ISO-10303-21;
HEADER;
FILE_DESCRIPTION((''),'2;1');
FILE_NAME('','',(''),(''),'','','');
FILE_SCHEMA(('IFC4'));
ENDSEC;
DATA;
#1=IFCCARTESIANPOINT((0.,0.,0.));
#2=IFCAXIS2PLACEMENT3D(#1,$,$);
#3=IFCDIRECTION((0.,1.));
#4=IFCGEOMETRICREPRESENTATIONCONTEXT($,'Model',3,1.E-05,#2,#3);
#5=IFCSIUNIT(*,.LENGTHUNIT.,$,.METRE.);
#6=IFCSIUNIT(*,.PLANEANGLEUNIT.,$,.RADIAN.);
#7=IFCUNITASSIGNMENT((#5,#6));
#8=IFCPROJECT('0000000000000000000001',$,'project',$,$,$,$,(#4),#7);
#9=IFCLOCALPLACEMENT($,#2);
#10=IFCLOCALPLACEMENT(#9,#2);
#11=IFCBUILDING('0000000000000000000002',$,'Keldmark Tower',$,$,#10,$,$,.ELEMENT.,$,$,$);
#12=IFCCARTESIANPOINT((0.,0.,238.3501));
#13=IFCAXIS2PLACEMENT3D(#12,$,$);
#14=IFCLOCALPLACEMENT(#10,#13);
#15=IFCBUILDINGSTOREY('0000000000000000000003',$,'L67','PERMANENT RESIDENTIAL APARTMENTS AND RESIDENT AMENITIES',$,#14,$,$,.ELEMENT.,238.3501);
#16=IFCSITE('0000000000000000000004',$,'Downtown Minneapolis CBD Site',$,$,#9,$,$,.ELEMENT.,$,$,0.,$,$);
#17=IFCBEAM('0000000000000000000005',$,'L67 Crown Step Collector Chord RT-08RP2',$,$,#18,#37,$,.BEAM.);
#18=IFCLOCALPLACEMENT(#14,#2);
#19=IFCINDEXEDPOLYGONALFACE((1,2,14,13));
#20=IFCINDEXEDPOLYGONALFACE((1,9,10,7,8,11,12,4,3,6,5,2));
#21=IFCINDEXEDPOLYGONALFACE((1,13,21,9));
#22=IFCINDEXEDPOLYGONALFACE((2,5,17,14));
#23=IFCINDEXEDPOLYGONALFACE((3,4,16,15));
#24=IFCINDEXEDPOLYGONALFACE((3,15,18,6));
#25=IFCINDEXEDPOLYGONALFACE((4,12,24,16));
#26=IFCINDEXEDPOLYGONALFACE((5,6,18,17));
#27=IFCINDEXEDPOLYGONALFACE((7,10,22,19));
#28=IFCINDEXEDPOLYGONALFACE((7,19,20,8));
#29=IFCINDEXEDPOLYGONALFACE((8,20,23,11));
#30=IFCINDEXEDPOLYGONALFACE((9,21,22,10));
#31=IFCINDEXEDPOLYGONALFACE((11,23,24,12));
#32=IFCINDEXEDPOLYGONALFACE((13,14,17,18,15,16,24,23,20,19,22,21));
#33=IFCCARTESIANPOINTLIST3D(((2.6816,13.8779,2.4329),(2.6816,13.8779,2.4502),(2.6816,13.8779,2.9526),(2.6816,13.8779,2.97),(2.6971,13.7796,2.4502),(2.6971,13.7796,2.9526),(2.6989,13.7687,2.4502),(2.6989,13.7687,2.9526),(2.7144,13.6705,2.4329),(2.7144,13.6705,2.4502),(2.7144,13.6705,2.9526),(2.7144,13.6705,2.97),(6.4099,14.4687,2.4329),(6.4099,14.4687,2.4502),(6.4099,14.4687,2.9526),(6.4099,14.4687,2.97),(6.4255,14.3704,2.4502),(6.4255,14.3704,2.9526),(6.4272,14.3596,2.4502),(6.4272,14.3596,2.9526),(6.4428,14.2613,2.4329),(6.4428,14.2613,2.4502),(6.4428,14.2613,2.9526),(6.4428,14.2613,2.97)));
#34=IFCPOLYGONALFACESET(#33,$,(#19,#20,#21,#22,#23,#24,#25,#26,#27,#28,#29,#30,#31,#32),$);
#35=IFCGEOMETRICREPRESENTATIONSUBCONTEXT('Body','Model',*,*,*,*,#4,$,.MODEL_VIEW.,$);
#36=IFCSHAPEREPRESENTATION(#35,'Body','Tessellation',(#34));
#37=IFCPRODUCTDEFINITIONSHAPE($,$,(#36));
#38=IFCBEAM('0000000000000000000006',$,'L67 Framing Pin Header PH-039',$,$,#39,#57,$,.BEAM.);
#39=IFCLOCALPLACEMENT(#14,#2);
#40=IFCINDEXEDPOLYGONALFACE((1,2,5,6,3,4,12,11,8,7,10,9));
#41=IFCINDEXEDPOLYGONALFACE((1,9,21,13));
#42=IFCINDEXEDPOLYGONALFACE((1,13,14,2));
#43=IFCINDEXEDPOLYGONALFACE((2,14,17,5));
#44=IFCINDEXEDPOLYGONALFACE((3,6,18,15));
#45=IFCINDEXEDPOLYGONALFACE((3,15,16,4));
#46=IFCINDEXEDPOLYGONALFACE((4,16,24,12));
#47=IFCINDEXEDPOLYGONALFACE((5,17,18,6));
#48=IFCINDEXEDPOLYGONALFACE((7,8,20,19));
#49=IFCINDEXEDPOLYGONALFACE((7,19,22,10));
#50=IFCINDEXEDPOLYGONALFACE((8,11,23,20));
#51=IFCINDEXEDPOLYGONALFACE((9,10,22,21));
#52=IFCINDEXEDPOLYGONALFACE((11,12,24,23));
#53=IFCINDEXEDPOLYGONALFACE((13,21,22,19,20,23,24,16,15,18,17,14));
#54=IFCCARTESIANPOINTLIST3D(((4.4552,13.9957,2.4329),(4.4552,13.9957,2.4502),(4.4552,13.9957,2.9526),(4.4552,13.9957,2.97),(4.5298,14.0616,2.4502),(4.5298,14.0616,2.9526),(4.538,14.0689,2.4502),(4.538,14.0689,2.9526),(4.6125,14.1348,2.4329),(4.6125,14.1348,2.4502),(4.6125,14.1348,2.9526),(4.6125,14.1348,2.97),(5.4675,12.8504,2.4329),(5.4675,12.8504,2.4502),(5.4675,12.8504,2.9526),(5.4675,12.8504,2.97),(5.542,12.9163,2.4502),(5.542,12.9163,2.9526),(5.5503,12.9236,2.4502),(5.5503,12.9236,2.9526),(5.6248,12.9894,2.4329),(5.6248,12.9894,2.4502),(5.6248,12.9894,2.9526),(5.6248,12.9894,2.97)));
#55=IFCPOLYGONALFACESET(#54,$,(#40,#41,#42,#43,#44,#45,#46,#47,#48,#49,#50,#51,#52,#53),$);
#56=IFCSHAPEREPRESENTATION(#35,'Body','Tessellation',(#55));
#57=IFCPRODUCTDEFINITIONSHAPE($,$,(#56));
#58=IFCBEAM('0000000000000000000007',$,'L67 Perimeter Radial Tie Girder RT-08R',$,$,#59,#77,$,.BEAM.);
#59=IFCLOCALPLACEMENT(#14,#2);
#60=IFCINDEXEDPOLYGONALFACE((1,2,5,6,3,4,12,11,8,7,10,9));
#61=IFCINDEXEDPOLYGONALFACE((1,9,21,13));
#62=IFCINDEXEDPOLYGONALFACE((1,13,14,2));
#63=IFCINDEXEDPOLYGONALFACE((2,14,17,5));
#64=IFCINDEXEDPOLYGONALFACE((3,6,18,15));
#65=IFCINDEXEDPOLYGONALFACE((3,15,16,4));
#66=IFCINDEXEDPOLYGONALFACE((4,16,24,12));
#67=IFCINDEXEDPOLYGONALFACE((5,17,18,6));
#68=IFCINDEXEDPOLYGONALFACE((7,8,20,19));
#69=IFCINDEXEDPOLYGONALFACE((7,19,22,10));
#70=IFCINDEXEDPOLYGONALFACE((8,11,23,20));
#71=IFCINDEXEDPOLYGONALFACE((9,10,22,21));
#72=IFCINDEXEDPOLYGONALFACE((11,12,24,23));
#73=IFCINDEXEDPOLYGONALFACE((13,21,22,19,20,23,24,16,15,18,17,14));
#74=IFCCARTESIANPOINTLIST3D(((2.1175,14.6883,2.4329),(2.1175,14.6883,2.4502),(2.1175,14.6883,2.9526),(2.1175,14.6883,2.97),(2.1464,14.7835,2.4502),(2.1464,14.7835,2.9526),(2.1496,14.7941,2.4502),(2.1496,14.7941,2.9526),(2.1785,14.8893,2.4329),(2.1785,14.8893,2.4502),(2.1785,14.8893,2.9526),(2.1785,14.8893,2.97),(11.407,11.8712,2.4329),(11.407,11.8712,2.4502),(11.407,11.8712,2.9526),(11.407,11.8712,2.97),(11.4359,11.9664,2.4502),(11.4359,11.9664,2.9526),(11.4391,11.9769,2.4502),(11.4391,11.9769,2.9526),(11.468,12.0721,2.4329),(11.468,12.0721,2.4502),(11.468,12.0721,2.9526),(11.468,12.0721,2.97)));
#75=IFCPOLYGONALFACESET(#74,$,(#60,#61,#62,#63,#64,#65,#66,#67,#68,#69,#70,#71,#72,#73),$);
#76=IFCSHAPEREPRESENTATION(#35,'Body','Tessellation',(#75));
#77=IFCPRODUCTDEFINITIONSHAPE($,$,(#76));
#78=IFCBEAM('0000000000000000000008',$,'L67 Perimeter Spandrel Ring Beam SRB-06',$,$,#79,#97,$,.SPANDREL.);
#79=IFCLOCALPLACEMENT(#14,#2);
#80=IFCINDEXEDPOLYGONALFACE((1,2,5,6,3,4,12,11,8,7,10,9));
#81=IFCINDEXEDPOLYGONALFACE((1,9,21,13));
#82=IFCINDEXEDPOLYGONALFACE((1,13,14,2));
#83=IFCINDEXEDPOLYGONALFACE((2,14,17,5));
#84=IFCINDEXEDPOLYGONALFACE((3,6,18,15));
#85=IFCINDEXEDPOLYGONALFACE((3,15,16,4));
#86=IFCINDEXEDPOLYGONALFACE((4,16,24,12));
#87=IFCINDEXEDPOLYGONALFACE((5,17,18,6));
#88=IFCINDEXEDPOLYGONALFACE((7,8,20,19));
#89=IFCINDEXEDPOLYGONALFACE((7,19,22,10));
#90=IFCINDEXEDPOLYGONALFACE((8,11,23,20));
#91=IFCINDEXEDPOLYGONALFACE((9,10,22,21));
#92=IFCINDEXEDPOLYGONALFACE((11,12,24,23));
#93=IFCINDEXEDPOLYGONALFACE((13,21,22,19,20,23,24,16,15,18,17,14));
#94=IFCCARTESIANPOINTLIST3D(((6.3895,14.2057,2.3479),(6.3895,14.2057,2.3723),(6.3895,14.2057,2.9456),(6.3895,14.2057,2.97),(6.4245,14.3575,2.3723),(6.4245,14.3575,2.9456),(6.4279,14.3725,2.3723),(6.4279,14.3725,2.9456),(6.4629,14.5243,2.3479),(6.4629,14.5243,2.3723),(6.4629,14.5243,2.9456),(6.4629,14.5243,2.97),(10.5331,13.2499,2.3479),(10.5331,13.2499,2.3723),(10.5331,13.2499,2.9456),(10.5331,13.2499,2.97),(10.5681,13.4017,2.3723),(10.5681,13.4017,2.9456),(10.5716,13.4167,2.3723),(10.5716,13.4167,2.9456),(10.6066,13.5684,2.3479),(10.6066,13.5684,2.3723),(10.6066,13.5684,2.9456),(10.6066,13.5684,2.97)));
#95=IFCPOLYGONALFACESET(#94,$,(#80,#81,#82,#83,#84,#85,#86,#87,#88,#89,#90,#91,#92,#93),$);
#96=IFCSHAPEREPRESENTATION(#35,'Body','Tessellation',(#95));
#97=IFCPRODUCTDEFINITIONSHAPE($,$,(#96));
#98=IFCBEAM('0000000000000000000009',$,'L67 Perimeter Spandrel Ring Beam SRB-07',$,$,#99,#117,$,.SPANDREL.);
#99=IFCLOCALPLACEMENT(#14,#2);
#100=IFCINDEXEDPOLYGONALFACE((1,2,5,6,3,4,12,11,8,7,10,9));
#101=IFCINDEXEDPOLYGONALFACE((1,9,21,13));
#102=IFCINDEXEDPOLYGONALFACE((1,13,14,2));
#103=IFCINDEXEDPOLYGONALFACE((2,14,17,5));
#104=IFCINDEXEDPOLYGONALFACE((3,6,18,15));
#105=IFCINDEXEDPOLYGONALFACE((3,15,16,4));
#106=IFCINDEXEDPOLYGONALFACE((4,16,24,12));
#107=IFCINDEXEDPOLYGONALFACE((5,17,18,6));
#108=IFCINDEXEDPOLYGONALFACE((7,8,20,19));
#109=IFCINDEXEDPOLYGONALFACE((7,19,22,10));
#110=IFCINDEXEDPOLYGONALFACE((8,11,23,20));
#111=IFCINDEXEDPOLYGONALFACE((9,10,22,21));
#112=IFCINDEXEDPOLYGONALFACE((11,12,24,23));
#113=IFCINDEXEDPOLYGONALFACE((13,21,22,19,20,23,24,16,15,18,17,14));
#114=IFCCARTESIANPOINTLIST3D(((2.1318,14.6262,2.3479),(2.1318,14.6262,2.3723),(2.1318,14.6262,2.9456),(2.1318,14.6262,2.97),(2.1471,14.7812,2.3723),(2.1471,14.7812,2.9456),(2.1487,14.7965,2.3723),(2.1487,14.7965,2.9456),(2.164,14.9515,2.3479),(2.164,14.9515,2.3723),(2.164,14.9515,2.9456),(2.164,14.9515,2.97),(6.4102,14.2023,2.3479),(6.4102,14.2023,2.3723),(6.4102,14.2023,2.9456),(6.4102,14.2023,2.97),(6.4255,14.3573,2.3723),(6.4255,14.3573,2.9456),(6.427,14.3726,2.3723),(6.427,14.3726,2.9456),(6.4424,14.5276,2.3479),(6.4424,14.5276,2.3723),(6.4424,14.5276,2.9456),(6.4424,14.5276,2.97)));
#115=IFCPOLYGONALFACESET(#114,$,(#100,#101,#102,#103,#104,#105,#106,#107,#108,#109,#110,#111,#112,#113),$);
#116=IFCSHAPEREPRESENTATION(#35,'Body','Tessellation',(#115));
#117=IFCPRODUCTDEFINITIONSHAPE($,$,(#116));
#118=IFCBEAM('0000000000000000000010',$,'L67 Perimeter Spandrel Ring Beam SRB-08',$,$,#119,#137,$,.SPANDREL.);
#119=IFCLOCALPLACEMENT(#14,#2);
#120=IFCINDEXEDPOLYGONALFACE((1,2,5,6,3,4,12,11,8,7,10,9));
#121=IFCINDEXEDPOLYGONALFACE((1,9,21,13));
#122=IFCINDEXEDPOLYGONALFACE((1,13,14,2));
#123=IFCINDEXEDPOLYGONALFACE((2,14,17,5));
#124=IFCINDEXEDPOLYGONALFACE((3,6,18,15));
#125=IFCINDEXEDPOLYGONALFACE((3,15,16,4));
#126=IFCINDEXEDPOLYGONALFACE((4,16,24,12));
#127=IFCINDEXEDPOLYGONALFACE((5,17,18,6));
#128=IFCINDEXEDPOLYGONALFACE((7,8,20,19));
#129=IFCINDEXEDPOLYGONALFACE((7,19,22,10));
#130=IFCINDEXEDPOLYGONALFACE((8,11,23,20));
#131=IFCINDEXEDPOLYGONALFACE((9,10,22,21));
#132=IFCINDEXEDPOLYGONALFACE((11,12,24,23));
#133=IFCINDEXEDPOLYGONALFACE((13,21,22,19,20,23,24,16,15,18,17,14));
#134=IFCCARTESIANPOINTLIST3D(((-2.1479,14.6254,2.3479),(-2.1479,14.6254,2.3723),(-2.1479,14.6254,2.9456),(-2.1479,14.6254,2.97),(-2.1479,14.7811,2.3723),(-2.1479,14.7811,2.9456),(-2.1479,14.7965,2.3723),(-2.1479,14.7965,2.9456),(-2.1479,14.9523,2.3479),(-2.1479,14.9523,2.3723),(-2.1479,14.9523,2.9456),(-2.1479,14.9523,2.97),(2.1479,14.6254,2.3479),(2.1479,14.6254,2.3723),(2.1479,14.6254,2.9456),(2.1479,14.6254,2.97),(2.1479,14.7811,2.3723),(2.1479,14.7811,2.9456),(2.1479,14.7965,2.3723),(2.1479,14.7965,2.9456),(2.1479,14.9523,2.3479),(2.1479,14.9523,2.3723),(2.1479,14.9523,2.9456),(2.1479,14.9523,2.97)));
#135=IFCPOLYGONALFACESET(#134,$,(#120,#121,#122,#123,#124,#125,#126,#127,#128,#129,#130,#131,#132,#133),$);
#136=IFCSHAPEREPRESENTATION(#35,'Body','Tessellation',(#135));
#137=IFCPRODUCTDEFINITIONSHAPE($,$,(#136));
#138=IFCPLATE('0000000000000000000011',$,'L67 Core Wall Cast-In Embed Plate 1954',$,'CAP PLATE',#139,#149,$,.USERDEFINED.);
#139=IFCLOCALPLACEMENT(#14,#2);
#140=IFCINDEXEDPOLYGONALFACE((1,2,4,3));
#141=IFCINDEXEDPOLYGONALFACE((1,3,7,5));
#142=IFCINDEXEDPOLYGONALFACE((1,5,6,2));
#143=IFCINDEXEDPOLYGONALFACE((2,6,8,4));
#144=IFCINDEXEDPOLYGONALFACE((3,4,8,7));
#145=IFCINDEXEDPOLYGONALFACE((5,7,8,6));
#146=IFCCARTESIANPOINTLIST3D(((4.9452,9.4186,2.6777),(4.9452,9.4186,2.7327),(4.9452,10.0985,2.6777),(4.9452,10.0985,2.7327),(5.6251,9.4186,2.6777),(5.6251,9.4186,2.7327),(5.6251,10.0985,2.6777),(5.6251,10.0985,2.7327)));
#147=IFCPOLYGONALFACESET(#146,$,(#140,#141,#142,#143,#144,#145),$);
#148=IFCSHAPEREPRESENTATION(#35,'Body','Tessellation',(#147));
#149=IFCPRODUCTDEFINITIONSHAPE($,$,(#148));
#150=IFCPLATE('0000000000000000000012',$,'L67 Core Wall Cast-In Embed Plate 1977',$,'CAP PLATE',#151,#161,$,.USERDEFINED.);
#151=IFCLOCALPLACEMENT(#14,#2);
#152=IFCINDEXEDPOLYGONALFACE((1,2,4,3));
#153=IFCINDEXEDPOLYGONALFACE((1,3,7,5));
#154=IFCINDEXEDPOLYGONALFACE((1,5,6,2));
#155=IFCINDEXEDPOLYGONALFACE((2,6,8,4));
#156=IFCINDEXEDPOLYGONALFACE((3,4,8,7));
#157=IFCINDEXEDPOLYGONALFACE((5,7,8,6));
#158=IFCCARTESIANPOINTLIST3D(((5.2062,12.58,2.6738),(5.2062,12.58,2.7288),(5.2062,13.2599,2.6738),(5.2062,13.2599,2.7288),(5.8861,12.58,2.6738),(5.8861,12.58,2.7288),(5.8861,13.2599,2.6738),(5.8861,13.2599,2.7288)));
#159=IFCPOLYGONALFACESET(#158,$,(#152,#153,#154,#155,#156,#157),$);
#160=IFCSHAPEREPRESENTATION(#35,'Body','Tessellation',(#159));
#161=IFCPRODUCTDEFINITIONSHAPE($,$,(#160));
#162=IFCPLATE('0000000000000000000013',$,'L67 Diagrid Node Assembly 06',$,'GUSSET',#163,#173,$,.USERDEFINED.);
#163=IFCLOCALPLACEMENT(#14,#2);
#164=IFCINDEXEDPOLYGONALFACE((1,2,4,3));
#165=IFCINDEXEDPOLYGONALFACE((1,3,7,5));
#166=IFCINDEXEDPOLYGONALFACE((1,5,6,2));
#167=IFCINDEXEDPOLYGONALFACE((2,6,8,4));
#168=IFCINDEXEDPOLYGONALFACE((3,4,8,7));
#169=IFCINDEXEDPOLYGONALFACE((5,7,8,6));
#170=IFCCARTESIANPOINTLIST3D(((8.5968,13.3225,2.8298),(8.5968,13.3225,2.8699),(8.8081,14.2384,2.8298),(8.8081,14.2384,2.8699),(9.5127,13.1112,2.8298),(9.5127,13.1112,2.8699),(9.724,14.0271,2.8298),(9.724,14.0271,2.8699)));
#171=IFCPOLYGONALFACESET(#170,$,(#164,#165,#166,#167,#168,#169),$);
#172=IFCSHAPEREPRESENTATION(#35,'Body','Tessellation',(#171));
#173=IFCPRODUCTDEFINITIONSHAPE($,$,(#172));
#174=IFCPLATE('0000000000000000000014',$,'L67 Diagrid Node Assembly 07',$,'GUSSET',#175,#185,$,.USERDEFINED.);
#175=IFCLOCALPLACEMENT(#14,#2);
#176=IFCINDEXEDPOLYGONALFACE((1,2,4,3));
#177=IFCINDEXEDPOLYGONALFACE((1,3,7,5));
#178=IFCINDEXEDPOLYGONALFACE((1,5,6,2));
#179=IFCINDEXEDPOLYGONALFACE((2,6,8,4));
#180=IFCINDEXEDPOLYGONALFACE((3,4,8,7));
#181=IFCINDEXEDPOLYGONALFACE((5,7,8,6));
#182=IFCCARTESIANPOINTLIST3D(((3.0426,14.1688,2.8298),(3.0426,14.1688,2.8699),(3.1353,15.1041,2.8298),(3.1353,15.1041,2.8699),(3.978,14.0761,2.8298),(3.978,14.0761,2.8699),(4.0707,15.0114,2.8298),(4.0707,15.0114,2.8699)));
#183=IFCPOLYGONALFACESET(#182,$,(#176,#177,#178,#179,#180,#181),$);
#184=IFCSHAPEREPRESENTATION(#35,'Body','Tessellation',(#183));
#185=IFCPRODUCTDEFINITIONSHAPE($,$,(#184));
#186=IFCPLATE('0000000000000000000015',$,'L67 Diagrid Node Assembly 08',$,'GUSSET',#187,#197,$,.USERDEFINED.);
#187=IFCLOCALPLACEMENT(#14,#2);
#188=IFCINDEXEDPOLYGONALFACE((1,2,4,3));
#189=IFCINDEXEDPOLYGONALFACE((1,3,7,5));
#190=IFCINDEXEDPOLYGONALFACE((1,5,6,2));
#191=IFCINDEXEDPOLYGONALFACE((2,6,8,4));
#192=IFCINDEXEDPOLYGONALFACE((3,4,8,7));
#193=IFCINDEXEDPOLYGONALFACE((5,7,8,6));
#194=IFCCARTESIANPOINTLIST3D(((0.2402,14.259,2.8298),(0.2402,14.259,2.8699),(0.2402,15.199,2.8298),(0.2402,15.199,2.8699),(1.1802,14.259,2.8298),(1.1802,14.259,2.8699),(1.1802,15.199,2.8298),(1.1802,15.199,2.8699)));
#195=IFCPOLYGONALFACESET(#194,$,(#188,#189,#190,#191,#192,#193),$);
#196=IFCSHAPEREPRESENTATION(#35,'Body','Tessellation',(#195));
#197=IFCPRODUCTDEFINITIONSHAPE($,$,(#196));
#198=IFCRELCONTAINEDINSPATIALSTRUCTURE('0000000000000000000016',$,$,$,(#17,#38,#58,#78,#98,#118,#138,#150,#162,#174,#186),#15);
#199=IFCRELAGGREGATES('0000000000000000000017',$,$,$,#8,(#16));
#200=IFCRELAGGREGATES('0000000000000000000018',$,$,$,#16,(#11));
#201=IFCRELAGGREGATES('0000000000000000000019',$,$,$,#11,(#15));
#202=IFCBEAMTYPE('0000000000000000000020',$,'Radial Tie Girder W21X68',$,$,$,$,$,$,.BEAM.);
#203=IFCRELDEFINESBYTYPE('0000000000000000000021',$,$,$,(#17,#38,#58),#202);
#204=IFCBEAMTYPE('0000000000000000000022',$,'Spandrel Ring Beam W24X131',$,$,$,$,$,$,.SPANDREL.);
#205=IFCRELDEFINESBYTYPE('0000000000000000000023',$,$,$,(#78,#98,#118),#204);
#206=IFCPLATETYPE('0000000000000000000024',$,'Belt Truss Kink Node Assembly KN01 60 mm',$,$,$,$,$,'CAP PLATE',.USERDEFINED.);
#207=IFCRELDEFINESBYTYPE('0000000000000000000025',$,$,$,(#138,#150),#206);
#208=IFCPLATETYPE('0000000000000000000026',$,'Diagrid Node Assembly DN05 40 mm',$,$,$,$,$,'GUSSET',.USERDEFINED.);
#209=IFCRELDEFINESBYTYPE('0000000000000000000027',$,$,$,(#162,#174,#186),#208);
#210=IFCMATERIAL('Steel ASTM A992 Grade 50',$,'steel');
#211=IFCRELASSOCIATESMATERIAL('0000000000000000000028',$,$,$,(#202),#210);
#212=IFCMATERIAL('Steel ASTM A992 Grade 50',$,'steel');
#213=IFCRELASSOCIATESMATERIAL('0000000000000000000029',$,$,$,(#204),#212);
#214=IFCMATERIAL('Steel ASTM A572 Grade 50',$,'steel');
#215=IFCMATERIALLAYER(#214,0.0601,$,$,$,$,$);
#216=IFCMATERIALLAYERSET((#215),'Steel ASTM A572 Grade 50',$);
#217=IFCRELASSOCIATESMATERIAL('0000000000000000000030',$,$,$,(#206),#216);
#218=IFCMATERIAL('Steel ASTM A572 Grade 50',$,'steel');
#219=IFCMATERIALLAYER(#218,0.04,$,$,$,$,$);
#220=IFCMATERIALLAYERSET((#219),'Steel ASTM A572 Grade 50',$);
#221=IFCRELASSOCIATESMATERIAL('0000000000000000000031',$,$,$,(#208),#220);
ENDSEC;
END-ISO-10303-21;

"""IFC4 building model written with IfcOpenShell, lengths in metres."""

from ifc_helpers import new_model, si_unit, direction, frame, origin, origin_2d, place, context, subcontext, project, spatial, rectangle, i_section, extrude, material, layer, layer_set, material_profile, profile_set, type_object, element, save


model = new_model("IFC4")

# Units and contexts
model_context = context("Model", 3, precision=1e-05, world=origin(), true_north=direction((0.0, 1.0)))
body_context = subcontext(model_context, "Body", "Model", "MODEL_VIEW")
ifc_project = project(units=[si_unit("LENGTHUNIT", "METRE"), si_unit("PLANEANGLEUNIT", "RADIAN")], contexts=[model_context])

# Site, building, storey
site_placement = place(None, origin())
site = spatial("IfcSite", under=ifc_project, at=site_placement, Name="Downtown Minneapolis CBD Site", CompositionType="ELEMENT", RefElevation=0.0)
building_placement = place(site_placement, origin())
building = spatial("IfcBuilding", under=site, at=building_placement, Name="Keldmark Tower", CompositionType="ELEMENT")
storey_placement = place(building_placement, frame((0.0, 0.0, 238.3501)))
storey = spatial("IfcBuildingStorey", under=building, at=storey_placement, Name="L67", Description="PERMANENT RESIDENTIAL APARTMENTS AND RESIDENT AMENITIES", CompositionType="ELEMENT", Elevation=238.3501)

# Beams
ifc_material_1 = material(Name="Steel ASTM A992 Grade 50", Category="steel")
ifc_material_profile_1 = material_profile(ifc_material_1, i_section(OverallWidth=0.21, OverallDepth=0.5371, WebThickness=0.011, FlangeThickness=0.0173, at=origin_2d()), Name="W21X68")
ifc_profile_set_1 = profile_set([ifc_material_profile_1], Name="Steel ASTM A992 Grade 50")
beam_type_1 = type_object("IfcBeamType", Name="Radial Tie Girder W21X68", PredefinedType="BEAM", material=ifc_profile_set_1)
beam_1_placement = place(storey_placement, frame((2.698, 13.7742, 2.7014), z_axis=(0.987675, 0.156517, 0.0), x_axis=(-0.156517, 0.987675, 0.0)))
element("IfcBeam", 1, at=beam_1_placement, inside=storey, type_object=beam_type_1, Name="L67 Crown Step Collector Chord RT-08RP2", PredefinedType="BEAM", context=body_context, shape_type="SweptSolid", body=[
    extrude(i_section(OverallWidth=0.21, OverallDepth=0.5371, WebThickness=0.011, FlangeThickness=0.0173, at=origin_2d()), origin(), (0.0, 0.0, 1.0), 3.7749),
])
beam_2_placement = place(storey_placement, frame((5.5461, 12.9199, 2.7014), z_axis=(-0.66224, 0.749292, 0.0), x_axis=(-0.749292, -0.66224, 0.0)))
element("IfcBeam", 2, at=beam_2_placement, inside=storey, type_object=beam_type_1, Name="L67 Framing Pin Header PH-039", PredefinedType="BEAM", context=body_context, shape_type="SweptSolid", body=[
    extrude(i_section(OverallWidth=0.21, OverallDepth=0.5371, WebThickness=0.011, FlangeThickness=0.0173, at=origin_2d()), origin(), (0.0, 0.0, 1.0), 1.5286),
])
beam_3_placement = place(storey_placement, frame((11.4375, 11.9717, 2.7014), z_axis=(-0.956964, 0.290208, 0.0), x_axis=(-0.290208, -0.956964, 0.0)))
element("IfcBeam", 3, at=beam_3_placement, inside=storey, type_object=beam_type_1, Name="L67 Perimeter Radial Tie Girder RT-08R", PredefinedType="BEAM", context=body_context, shape_type="SweptSolid", body=[
    extrude(i_section(OverallWidth=0.21, OverallDepth=0.5371, WebThickness=0.011, FlangeThickness=0.0173, at=origin_2d()), origin(), (0.0, 0.0, 1.0), 9.7073),
])
ifc_material_2 = material(Name="Steel ASTM A992 Grade 50", Category="steel")
ifc_material_profile_2 = material_profile(ifc_material_2, i_section(OverallWidth=0.3269, OverallDepth=0.6221, WebThickness=0.0154, FlangeThickness=0.0244, at=origin_2d()), Name="W24X131")
ifc_profile_set_2 = profile_set([ifc_material_profile_2], Name="Steel ASTM A992 Grade 50")
beam_type_2 = type_object("IfcBeamType", Name="Spandrel Ring Beam W24X131", PredefinedType="SPANDREL", material=ifc_profile_set_2)
beam_4_placement = place(storey_placement, frame((10.5698, 13.4092, 2.6589), z_axis=(-0.974412, 0.224771, 0.0), x_axis=(-0.224771, -0.974412, 0.0)))
element("IfcBeam", 4, at=beam_4_placement, inside=storey, type_object=beam_type_2, Name="L67 Perimeter Spandrel Ring Beam SRB-06", PredefinedType="SPANDREL", context=body_context, shape_type="SweptSolid", body=[
    extrude(i_section(OverallWidth=0.3269, OverallDepth=0.6221, WebThickness=0.0154, FlangeThickness=0.0244, at=origin_2d()), origin(), (0.0, 0.0, 1.0), 4.2524),
])
beam_5_placement = place(storey_placement, frame((6.4263, 14.365, 2.6589), z_axis=(-0.995129, 0.098582, 0.0), x_axis=(-0.098582, -0.995129, 0.0)))
element("IfcBeam", 5, at=beam_5_placement, inside=storey, type_object=beam_type_2, Name="L67 Perimeter Spandrel Ring Beam SRB-07", PredefinedType="SPANDREL", context=body_context, shape_type="SweptSolid", body=[
    extrude(i_section(OverallWidth=0.3269, OverallDepth=0.6221, WebThickness=0.0154, FlangeThickness=0.0244, at=origin_2d()), origin(), (0.0, 0.0, 1.0), 4.2993),
])
beam_6_placement = place(storey_placement, frame((2.1479, 14.7888, 2.6589), z_axis=(-1.0, 0.0, 0.0), x_axis=(0.0, -1.0, 0.0)))
element("IfcBeam", 6, at=beam_6_placement, inside=storey, type_object=beam_type_2, Name="L67 Perimeter Spandrel Ring Beam SRB-08", PredefinedType="SPANDREL", context=body_context, shape_type="SweptSolid", body=[
    extrude(i_section(OverallWidth=0.3269, OverallDepth=0.6221, WebThickness=0.0154, FlangeThickness=0.0244, at=origin_2d()), origin(), (0.0, 0.0, 1.0), 4.2959),
])

# Plates
ifc_material_3 = material(Name="Steel ASTM A572 Grade 50", Category="steel")
ifc_layer_1 = layer(ifc_material_3, 0.0601)
ifc_layer_set_1 = layer_set([ifc_layer_1], Name="Steel ASTM A572 Grade 50")
plate_type_1 = type_object("IfcPlateType", Name="Belt Truss Kink Node Assembly KN01 60 mm", ElementType="CAP PLATE", PredefinedType="USERDEFINED", material=ifc_layer_set_1)
for number, where, z_axis, x_axis, name in (
    (7, (5.2852, 9.7585, 2.6777), (0.0, 0.0, 1.0), (1.0, 0.0, 0.0), "L67 Core Wall Cast-In Embed Plate 1954"),
    (8, (5.5461, 12.9199, 2.6738), (0.0, 0.0, 1.0), (1.0, 0.0, 0.0), "L67 Core Wall Cast-In Embed Plate 1977"),
):
    element("IfcPlate", number, at=place(storey_placement, frame(where, z_axis=z_axis, x_axis=x_axis)), inside=storey, type_object=plate_type_1, Name=name, ObjectType="CAP PLATE", PredefinedType="USERDEFINED", context=body_context, shape_type="SweptSolid", body=[
        extrude(rectangle(XDim=0.6799, YDim=0.6799, at=origin_2d()), origin(), (0.0, 0.0, 1.0), 0.0549),
    ])
ifc_material_4 = material(Name="Steel ASTM A572 Grade 50", Category="steel")
ifc_layer_2 = layer(ifc_material_4, 0.04)
ifc_layer_set_2 = layer_set([ifc_layer_2], Name="Steel ASTM A572 Grade 50")
plate_type_2 = type_object("IfcPlateType", Name="Diagrid Node Assembly DN05 40 mm", ElementType="GUSSET", PredefinedType="USERDEFINED", material=ifc_layer_set_2)
for number, where, z_axis, x_axis, name in (
    (9, (9.1604, 13.6748, 2.8298), (0.0, 0.0, 1.0), (-0.974409, 0.224781, 0.0), "L67 Diagrid Node Assembly 06"),
    (10, (3.5566, 14.5901, 2.8298), (0.0, 0.0, 1.0), (-0.995125, 0.098625, 0.0), "L67 Diagrid Node Assembly 07"),
    (11, (0.7102, 14.729, 2.8298), (0.0, 0.0, 1.0), (-1.0, 0.0, 0.0), "L67 Diagrid Node Assembly 08"),
):
    element("IfcPlate", number, at=place(storey_placement, frame(where, z_axis=z_axis, x_axis=x_axis)), inside=storey, type_object=plate_type_2, Name=name, ObjectType="GUSSET", PredefinedType="USERDEFINED", context=body_context, shape_type="SweptSolid", body=[
        extrude(rectangle(XDim=0.9399, YDim=0.9399, at=origin_2d()), origin(), (0.0, 0.0, 1.0), 0.04),
    ])

save(model, "model.ifc")
